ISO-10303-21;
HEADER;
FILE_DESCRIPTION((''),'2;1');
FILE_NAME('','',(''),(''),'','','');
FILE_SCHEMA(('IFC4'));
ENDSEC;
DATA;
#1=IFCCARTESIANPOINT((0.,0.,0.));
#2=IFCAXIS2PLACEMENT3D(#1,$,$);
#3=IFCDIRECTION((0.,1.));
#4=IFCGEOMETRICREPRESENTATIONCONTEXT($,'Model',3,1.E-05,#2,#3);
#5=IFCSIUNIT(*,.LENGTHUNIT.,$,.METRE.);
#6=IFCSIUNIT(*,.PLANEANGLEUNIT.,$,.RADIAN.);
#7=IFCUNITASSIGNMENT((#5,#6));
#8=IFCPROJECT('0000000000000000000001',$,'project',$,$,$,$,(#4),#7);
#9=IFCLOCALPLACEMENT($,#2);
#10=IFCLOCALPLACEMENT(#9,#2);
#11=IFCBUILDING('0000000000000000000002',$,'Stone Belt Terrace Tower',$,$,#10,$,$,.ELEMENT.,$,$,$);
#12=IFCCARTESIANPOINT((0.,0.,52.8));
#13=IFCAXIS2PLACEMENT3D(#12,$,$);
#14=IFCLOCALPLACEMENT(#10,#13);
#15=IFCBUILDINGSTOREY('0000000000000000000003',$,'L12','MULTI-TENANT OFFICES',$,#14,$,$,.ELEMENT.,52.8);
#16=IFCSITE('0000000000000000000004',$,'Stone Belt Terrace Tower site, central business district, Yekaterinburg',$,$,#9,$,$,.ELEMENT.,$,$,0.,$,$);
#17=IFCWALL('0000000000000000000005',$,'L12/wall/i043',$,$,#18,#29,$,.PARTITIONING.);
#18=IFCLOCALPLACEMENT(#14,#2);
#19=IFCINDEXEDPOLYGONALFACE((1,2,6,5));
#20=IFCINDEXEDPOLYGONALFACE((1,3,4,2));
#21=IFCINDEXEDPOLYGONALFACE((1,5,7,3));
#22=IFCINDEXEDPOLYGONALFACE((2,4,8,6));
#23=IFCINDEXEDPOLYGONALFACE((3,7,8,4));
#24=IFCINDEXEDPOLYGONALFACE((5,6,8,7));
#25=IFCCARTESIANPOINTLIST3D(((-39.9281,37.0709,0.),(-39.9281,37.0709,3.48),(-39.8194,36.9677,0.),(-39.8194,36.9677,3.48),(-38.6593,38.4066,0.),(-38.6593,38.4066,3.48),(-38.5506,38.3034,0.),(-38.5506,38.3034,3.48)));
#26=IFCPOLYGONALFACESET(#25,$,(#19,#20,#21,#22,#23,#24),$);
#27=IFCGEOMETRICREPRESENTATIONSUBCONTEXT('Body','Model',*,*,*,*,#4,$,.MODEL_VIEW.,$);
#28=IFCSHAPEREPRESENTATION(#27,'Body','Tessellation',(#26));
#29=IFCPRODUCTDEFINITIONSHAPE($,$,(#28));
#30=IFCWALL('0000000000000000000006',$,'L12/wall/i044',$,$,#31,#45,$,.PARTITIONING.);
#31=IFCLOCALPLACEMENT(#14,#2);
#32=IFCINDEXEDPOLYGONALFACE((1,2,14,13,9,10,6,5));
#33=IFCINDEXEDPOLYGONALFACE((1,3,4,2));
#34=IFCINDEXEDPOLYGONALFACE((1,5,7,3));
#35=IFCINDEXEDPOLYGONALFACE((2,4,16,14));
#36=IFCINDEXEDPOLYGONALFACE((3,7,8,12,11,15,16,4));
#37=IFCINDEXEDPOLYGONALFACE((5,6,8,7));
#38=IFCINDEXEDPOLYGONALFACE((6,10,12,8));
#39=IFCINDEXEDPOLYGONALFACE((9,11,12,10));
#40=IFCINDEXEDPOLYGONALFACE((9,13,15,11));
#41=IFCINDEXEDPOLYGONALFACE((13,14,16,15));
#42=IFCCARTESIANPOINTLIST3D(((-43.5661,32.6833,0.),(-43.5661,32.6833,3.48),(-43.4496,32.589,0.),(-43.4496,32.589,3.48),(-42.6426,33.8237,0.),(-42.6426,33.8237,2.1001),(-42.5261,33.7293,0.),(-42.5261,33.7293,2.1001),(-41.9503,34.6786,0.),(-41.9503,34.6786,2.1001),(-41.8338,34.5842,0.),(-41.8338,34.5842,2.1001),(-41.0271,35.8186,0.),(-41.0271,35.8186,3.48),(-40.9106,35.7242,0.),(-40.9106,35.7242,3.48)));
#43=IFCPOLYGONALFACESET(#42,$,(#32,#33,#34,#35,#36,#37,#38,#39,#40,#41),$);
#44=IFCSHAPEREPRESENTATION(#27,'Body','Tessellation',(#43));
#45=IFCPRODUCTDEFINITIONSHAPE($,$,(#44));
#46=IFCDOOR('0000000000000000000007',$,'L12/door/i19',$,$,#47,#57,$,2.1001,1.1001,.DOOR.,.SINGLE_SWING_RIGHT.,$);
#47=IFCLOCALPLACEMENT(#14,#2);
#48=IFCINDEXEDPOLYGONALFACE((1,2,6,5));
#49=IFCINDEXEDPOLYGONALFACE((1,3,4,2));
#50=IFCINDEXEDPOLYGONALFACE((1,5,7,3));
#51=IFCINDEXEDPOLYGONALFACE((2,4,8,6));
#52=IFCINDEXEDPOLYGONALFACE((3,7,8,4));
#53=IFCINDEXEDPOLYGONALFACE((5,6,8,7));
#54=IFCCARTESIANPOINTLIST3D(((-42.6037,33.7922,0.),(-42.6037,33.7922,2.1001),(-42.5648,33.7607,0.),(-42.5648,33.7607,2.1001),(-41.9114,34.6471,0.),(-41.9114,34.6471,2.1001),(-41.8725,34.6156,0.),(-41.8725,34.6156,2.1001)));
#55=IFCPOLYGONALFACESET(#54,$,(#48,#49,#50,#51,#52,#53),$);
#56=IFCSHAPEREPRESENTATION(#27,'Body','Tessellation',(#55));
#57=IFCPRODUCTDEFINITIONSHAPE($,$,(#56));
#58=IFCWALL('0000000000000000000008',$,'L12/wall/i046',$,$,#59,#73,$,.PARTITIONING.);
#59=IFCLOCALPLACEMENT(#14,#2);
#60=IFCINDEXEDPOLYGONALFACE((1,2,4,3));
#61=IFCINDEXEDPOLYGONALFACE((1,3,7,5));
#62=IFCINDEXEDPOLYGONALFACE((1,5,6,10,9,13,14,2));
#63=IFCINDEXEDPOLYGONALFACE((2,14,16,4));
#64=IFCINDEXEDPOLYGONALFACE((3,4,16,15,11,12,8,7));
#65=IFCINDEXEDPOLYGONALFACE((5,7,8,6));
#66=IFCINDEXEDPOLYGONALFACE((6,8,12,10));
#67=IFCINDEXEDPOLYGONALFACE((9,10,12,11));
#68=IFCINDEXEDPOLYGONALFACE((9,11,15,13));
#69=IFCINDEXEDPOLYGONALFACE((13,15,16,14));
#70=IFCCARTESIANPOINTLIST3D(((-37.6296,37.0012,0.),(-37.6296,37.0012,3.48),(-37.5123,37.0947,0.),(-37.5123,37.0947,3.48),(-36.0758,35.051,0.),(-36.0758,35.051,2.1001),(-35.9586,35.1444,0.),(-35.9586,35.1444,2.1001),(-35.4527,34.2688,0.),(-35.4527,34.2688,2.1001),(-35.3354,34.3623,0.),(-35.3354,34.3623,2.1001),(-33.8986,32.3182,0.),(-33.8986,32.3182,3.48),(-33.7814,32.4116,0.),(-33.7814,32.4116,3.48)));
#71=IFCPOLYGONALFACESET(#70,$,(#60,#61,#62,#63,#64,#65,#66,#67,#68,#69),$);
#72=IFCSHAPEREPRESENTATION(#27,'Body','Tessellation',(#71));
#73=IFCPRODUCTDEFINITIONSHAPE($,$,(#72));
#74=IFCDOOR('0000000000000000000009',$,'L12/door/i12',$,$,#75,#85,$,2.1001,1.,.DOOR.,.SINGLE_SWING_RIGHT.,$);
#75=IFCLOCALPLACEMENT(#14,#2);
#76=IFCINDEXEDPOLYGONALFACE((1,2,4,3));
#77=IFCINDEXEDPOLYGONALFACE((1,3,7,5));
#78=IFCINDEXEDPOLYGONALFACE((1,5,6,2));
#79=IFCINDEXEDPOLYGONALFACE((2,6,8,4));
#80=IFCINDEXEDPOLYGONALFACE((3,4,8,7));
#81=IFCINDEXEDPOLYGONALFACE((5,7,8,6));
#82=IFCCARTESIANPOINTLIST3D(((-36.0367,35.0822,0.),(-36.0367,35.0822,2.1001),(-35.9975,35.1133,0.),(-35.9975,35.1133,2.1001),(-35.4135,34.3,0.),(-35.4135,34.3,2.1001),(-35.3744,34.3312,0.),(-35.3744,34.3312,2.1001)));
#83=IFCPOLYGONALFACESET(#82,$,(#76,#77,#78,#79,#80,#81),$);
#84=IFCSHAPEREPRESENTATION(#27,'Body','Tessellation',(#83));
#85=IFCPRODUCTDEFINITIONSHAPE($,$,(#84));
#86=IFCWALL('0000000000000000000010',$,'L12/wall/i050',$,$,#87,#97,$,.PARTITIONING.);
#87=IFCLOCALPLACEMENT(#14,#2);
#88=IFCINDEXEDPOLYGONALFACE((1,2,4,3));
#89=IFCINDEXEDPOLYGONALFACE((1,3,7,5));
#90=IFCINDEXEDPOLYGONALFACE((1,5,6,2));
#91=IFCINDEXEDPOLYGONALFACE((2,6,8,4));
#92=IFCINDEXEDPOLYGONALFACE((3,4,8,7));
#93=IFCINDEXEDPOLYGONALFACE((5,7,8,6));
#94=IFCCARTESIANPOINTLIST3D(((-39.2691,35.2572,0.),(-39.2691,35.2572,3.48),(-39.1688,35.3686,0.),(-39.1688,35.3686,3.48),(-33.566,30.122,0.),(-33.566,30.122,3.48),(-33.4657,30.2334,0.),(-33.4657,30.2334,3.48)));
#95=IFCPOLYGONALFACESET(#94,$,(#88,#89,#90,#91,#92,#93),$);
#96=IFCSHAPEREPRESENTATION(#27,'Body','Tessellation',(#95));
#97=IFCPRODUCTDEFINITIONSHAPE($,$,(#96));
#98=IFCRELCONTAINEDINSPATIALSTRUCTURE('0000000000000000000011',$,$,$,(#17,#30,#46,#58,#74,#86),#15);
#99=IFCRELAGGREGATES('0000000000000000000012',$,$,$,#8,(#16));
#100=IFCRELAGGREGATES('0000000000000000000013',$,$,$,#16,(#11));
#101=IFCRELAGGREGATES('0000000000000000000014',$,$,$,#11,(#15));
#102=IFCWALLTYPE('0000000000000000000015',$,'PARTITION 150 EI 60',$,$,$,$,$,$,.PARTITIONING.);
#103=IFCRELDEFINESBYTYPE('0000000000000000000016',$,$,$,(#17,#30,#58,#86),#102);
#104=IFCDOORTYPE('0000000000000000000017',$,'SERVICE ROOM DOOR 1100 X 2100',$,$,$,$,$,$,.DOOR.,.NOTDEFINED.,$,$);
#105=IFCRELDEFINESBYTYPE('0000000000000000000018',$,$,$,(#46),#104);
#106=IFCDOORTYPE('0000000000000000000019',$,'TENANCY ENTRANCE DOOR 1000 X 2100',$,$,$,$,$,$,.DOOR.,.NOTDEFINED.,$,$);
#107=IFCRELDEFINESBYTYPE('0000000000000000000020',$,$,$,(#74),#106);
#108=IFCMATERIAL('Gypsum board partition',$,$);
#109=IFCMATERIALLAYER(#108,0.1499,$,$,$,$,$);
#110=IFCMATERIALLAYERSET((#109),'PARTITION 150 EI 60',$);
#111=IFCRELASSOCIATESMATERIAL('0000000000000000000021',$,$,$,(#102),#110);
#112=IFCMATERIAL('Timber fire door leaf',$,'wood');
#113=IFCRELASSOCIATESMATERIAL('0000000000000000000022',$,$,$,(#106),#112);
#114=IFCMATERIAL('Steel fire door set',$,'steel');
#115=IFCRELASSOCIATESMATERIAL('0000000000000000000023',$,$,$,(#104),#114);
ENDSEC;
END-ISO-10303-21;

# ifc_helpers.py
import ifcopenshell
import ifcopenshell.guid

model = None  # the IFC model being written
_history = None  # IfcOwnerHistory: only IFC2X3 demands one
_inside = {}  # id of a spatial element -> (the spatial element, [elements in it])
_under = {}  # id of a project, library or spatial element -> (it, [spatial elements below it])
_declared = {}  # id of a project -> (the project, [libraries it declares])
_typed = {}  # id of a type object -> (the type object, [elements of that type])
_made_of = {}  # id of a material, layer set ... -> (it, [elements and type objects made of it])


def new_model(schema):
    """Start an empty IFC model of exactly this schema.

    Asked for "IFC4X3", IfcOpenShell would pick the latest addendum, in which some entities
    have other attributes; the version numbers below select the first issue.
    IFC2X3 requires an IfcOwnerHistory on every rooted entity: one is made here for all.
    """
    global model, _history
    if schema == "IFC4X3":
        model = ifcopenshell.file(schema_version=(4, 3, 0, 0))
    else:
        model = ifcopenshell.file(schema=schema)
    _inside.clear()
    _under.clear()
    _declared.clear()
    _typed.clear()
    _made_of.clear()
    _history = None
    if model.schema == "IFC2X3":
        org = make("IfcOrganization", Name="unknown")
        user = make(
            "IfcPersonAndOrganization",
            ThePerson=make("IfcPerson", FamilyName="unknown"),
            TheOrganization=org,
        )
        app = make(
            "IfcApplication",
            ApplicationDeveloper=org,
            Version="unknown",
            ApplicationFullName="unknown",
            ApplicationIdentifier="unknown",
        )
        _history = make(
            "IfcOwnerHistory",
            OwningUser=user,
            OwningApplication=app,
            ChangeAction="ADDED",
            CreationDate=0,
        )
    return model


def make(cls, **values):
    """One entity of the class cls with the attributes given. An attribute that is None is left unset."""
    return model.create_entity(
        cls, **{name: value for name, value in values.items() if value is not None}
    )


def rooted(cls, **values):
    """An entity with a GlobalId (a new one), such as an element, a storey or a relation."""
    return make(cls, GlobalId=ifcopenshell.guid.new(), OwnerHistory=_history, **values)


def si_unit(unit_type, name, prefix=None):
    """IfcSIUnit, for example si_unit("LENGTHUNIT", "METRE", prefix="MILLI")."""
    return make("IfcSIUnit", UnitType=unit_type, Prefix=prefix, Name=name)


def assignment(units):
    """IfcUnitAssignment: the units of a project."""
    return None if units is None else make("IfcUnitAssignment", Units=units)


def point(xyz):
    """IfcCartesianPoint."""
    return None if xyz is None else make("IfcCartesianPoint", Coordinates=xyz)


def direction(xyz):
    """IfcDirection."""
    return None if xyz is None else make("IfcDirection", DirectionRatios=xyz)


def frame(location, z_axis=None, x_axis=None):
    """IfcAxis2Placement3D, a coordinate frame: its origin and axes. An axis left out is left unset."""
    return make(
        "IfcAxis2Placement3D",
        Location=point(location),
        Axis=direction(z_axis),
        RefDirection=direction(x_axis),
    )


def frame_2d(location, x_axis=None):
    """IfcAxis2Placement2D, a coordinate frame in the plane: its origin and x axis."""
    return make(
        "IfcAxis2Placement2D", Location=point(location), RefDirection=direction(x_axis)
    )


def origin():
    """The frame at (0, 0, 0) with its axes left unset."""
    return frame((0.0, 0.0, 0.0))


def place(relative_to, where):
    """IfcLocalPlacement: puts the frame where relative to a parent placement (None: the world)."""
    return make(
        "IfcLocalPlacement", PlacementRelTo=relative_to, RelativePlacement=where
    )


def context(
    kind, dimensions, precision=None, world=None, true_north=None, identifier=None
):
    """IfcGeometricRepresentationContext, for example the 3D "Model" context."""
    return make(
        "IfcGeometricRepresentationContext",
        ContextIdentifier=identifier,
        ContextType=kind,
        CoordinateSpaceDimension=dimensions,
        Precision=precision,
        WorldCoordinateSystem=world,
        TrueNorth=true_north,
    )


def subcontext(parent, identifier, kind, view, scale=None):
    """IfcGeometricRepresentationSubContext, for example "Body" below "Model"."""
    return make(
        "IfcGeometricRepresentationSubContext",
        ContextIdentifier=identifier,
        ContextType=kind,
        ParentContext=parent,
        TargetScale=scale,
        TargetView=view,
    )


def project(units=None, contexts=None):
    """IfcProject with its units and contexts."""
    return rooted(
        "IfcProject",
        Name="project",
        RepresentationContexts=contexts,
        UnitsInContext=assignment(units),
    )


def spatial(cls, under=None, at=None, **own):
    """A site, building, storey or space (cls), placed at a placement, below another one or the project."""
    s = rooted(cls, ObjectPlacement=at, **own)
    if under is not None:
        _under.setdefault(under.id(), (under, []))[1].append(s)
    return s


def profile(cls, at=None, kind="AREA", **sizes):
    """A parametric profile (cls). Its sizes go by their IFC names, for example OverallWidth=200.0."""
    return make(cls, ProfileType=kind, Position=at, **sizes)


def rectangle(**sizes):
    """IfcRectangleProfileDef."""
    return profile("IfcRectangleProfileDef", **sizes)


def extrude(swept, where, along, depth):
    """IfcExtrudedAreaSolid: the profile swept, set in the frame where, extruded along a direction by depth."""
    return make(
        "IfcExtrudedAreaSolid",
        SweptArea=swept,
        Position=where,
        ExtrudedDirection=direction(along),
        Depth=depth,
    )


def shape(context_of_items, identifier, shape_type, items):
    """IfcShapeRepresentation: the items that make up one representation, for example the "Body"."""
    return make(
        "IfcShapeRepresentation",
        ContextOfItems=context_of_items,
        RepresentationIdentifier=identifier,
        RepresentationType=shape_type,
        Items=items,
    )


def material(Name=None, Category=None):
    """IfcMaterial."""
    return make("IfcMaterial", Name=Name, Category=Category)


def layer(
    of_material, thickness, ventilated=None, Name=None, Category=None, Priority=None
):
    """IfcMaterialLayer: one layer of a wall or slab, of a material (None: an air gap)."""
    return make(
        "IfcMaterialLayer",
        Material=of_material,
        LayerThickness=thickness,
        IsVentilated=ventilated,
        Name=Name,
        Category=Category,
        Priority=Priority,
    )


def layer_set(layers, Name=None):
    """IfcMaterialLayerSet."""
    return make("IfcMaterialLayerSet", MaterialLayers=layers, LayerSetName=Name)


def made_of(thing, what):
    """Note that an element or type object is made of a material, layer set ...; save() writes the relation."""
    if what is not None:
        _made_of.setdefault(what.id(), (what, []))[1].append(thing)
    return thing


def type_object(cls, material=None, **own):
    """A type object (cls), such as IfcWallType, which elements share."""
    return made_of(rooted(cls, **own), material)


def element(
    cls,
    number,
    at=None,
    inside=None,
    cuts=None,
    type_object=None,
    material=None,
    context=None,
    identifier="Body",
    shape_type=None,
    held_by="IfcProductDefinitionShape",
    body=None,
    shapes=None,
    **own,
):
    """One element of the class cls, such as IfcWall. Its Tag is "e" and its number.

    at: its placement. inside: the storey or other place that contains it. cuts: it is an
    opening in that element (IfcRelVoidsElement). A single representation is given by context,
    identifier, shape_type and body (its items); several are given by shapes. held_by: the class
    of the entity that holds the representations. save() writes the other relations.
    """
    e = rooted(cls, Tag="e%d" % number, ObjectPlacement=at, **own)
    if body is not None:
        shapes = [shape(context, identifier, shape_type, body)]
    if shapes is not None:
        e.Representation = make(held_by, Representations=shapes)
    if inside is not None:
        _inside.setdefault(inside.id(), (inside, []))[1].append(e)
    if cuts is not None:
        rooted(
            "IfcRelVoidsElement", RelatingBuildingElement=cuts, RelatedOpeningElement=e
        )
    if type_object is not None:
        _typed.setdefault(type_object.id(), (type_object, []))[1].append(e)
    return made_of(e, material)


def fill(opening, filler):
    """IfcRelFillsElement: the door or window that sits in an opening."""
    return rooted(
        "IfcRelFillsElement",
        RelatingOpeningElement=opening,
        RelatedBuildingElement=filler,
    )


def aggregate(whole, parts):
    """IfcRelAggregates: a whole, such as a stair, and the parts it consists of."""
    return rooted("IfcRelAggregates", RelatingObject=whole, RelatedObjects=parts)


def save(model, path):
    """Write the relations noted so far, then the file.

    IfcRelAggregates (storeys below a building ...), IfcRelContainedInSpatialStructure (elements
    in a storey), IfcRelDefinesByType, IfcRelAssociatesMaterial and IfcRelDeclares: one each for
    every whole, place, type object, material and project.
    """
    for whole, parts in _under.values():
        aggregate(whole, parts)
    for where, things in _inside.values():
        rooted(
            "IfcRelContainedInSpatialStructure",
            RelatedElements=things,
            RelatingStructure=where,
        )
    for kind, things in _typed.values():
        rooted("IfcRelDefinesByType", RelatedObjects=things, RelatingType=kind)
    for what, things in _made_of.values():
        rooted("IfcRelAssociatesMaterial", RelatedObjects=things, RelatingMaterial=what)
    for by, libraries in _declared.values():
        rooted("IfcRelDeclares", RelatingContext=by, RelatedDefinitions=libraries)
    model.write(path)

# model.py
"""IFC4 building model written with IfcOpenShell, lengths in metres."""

from ifc_helpers import new_model, si_unit, direction, frame, frame_2d, origin, place, context, subcontext, project, spatial, rectangle, extrude, material, layer, layer_set, type_object, element, fill, save


model = new_model("IFC4")

# Units and contexts
model_context = context("Model", 3, precision=1e-05, world=origin(), true_north=direction((0.0, 1.0)))
body_context = subcontext(model_context, "Body", "Model", "MODEL_VIEW")
ifc_project = project(units=[si_unit("LENGTHUNIT", "METRE"), si_unit("PLANEANGLEUNIT", "RADIAN")], contexts=[model_context])

# Site, building, storey
site_placement = place(None, origin())
site = spatial("IfcSite", under=ifc_project, at=site_placement, Name="Stone Belt Terrace Tower site, central business district, Yekaterinburg", CompositionType="ELEMENT", RefElevation=0.0)
building_placement = place(site_placement, origin())
building = spatial("IfcBuilding", under=site, at=building_placement, Name="Stone Belt Terrace Tower", CompositionType="ELEMENT")
storey_placement = place(building_placement, frame((0.0, 0.0, 52.8)))
storey = spatial("IfcBuildingStorey", under=building, at=storey_placement, Name="L12", Description="MULTI-TENANT OFFICES", CompositionType="ELEMENT", Elevation=52.8)

# Shared definitions
ifc_material_1 = material(Name="Gypsum board partition")
ifc_layer_1 = layer(ifc_material_1, 0.1499)
ifc_layer_set_1 = layer_set([ifc_layer_1], Name="PARTITION 150 EI 60")
wall_type = type_object("IfcWallType", Name="PARTITION 150 EI 60", PredefinedType="PARTITIONING", material=ifc_layer_set_1)
ifc_material_2 = material(Name="Timber fire door leaf", Category="wood")

# Shared definitions
door_type_1 = type_object("IfcDoorType", Name="TENANCY ENTRANCE DOOR 1000 X 2100", OperationType="NOTDEFINED", PredefinedType="DOOR", material=ifc_material_2)

# Wall
wall_1_placement = place(storey_placement, frame((-39.8738, 37.0193, 0.0), z_axis=(0.0, 0.0, 1.0), x_axis=(0.688718, 0.725029, 0.0)))
element("IfcWall", 1, at=wall_1_placement, inside=storey, type_object=wall_type, Name="L12/wall/i043", PredefinedType="PARTITIONING", context=body_context, shape_type="SweptSolid", body=[
    extrude(rectangle(XDim=1.8423, YDim=0.1499, at=frame_2d((0.9211, 0.0))), origin(), (0.0, 0.0, 1.0), 3.48),
])

# Walls, openings, doors
wall_2_placement = place(storey_placement, frame((-43.5078, 32.6362, 0.0), z_axis=(0.0, 0.0, 1.0), x_axis=(0.629348, 0.777124, 0.0)))
wall_2 = element("IfcWall", 2, at=wall_2_placement, inside=storey, type_object=wall_type, Name="L12/wall/i044", PredefinedType="PARTITIONING", context=body_context, shape_type="SweptSolid", body=[
    extrude(rectangle(XDim=4.0344, YDim=0.1499, at=frame_2d((2.0171, 0.0))), origin(), (0.0, 0.0, 1.0), 3.48),
])
opening_1_placement = place(wall_2_placement, frame((1.4673, 0.0, 0.0)))
opening_1 = element("IfcOpeningElement", 3, at=opening_1_placement, cuts=wall_2, PredefinedType="OPENING", context=body_context, shape_type="SweptSolid", body=[
    extrude(rectangle(XDim=1.1001, YDim=2.1001, at=frame_2d((0.55, 1.05))), frame((0.0, 0.085, 0.0), z_axis=(0.0, -1.0, 0.0), x_axis=(1.0, 0.0, 0.0)), (0.0, 0.0, 1.0), 0.1699),
])
ifc_material_3 = material(Name="Steel fire door set", Category="steel")
door_type_2 = type_object("IfcDoorType", Name="SERVICE ROOM DOOR 1100 X 2100", OperationType="NOTDEFINED", PredefinedType="DOOR", material=ifc_material_3)
door_1_placement = place(opening_1_placement, origin())
door_1 = element("IfcDoor", 4, at=door_1_placement, inside=storey, type_object=door_type_2, Name="L12/door/i19", OperationType="SINGLE_SWING_RIGHT", OverallHeight=2.1001, OverallWidth=1.1001, PredefinedType="DOOR", context=body_context, shape_type="SweptSolid", body=[
    extrude(rectangle(XDim=1.1001, YDim=2.1001, at=frame_2d((0.55, 1.05))), frame((0.0, 0.0249, 0.0), z_axis=(0.0, -1.0, 0.0), x_axis=(1.0, 0.0, 0.0)), (0.0, 0.0, 1.0), 0.05),
])
fill(opening_1, door_1)
wall_3_placement = place(storey_placement, frame((-33.8401, 32.365, 0.0), z_axis=(0.0, 0.0, 1.0), x_axis=(-0.623113, 0.782132, 0.0)))
wall_3 = element("IfcWall", 5, at=wall_3_placement, inside=storey, type_object=wall_type, Name="L12/wall/i046", PredefinedType="PARTITIONING", context=body_context, shape_type="SweptSolid", body=[
    extrude(rectangle(XDim=5.9875, YDim=0.1499, at=frame_2d((2.9937, 0.0))), origin(), (0.0, 0.0, 1.0), 3.48),
])
opening_2_placement = place(wall_3_placement, frame((2.4939, 0.0, 0.0)))
opening_2 = element("IfcOpeningElement", 6, at=opening_2_placement, cuts=wall_3, PredefinedType="OPENING", context=body_context, shape_type="SweptSolid", body=[
    extrude(rectangle(XDim=1.0, YDim=2.1001, at=frame_2d((0.5, 1.05))), frame((0.0, 0.085, 0.0), z_axis=(0.0, -1.0, 0.0), x_axis=(1.0, 0.0, 0.0)), (0.0, 0.0, 1.0), 0.1699),
])
door_2_placement = place(opening_2_placement, origin())
door_2 = element("IfcDoor", 7, at=door_2_placement, inside=storey, type_object=door_type_1, Name="L12/door/i12", OperationType="SINGLE_SWING_RIGHT", OverallHeight=2.1001, OverallWidth=1.0, PredefinedType="DOOR", context=body_context, shape_type="SweptSolid", body=[
    extrude(rectangle(XDim=1.0, YDim=2.1001, at=frame_2d((0.5, 1.05))), frame((0.0, 0.0249, 0.0), z_axis=(0.0, -1.0, 0.0), x_axis=(1.0, 0.0, 0.0)), (0.0, 0.0, 1.0), 0.05),
])
fill(opening_2, door_2)

# Wall
wall_4_placement = place(storey_placement, frame((-33.5159, 30.1777, 0.0), z_axis=(0.0, 0.0, 1.0), x_axis=(-0.743136, 0.66914, 0.0)))
element("IfcWall", 8, at=wall_4_placement, inside=storey, type_object=wall_type, Name="L12/wall/i050", PredefinedType="PARTITIONING", context=body_context, shape_type="SweptSolid", body=[
    extrude(rectangle(XDim=7.6743, YDim=0.1499, at=frame_2d((3.8372, 0.0))), origin(), (0.0, 0.0, 1.0), 3.48),
])

save(model, "model.ifc")
